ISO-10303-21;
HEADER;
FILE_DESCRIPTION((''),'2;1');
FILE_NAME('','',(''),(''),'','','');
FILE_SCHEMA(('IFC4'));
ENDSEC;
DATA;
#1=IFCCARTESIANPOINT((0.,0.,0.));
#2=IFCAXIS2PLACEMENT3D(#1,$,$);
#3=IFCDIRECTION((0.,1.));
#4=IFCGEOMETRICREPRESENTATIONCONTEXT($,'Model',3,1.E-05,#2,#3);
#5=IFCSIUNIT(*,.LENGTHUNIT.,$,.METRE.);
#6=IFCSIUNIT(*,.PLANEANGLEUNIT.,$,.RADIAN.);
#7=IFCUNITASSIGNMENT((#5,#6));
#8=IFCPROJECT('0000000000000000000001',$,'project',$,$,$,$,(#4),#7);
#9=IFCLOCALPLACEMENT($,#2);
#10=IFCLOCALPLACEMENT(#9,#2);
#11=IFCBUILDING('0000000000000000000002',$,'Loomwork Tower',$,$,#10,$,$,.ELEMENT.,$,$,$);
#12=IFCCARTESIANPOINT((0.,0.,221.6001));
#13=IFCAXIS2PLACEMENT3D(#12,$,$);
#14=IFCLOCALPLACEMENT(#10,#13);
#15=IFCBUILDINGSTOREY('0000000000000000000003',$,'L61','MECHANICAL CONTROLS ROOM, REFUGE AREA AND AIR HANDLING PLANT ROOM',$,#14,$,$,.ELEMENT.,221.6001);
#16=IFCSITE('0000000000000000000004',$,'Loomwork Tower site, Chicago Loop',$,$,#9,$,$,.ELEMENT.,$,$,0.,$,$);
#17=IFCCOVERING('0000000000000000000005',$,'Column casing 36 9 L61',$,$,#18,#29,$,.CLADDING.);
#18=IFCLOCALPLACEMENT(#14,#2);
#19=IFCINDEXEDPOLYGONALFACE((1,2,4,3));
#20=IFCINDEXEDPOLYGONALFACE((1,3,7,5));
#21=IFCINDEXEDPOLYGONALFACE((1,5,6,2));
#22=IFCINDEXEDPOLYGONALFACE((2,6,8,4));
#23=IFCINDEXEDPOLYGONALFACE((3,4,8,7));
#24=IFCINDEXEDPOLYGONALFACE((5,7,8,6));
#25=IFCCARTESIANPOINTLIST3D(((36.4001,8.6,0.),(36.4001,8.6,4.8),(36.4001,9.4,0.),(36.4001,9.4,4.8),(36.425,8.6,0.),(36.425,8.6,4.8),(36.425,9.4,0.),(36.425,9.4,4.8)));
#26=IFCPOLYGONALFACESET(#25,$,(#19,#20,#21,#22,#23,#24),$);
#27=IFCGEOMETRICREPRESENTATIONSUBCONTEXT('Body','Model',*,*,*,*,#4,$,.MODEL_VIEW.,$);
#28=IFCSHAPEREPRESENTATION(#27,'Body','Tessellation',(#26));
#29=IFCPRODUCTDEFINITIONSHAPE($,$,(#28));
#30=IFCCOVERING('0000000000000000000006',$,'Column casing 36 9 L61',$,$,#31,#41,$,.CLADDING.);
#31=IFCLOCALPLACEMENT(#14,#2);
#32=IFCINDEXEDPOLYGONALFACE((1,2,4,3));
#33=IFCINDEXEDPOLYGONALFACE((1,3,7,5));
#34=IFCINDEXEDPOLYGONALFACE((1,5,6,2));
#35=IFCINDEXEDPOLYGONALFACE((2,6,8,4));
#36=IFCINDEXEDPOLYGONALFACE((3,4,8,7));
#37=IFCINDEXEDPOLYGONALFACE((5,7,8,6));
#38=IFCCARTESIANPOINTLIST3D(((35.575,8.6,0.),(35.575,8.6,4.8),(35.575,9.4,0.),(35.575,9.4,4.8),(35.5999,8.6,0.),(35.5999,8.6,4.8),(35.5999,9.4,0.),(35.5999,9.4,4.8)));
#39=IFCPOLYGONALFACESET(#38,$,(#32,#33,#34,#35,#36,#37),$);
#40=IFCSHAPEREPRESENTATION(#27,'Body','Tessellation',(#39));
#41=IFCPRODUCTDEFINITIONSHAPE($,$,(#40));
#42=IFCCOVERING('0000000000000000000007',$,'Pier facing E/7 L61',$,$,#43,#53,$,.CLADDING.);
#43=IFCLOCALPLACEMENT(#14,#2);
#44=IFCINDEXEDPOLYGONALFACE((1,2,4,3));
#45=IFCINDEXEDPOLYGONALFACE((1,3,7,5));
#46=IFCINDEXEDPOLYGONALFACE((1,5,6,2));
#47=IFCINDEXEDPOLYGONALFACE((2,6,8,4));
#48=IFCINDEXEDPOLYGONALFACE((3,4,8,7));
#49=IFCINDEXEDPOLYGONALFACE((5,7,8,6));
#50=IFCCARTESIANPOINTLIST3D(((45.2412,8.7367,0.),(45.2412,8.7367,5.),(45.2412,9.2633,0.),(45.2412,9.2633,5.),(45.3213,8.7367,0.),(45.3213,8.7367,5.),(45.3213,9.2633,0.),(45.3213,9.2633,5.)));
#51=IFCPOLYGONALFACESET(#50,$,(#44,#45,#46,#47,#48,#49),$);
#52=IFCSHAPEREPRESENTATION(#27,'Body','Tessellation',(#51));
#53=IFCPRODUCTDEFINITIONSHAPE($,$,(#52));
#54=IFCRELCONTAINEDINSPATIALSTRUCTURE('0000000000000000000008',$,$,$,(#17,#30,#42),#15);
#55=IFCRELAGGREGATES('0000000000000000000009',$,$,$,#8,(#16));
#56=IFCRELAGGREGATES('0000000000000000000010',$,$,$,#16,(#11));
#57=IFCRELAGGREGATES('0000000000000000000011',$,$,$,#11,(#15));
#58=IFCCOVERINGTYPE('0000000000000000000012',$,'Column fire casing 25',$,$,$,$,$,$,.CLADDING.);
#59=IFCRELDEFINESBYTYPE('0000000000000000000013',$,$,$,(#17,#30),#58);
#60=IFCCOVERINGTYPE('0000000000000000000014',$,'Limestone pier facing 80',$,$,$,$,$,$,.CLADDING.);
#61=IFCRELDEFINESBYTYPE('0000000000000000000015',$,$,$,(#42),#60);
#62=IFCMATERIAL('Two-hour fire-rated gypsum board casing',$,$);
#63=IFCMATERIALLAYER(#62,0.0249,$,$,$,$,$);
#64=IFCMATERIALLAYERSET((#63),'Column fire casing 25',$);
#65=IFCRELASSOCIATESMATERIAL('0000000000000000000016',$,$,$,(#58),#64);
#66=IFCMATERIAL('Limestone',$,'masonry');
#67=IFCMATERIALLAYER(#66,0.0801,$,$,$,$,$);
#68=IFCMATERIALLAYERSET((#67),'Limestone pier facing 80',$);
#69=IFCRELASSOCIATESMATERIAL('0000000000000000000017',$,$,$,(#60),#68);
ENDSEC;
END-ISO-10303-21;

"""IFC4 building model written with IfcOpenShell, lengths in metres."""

from ifc_helpers import new_model, si_unit, direction, frame, origin, origin_2d, place, context, subcontext, project, spatial, rectangle, extrude, material, layer, layer_set, type_object, element, save


model = new_model("IFC4")

# Units and contexts
model_context = context("Model", 3, precision=1e-05, world=origin(), true_north=direction((0.0, 1.0)))
body_context = subcontext(model_context, "Body", "Model", "MODEL_VIEW")
ifc_project = project(units=[si_unit("LENGTHUNIT", "METRE"), si_unit("PLANEANGLEUNIT", "RADIAN")], contexts=[model_context])

# Site, building, storey
site_placement = place(None, origin())
site = spatial("IfcSite", under=ifc_project, at=site_placement, Name="Loomwork Tower site, Chicago Loop", CompositionType="ELEMENT", RefElevation=0.0)
building_placement = place(site_placement, origin())
building = spatial("IfcBuilding", under=site, at=building_placement, Name="Loomwork Tower", CompositionType="ELEMENT")
storey_placement = place(building_placement, frame((0.0, 0.0, 221.6001)))
storey = spatial("IfcBuildingStorey", under=building, at=storey_placement, Name="L61", Description="MECHANICAL CONTROLS ROOM, REFUGE AREA AND AIR HANDLING PLANT ROOM", CompositionType="ELEMENT", Elevation=221.6001)

# Coverings
ifc_material_1 = material(Name="Two-hour fire-rated gypsum board casing")
ifc_layer_1 = layer(ifc_material_1, 0.0249)
ifc_layer_set_1 = layer_set([ifc_layer_1], Name="Column fire casing 25")
covering_type_1 = type_object("IfcCoveringType", Name="Column fire casing 25", PredefinedType="CLADDING", material=ifc_layer_set_1)
for number, where, z_axis, x_axis, name in (
    (1, (36.4126, 9.0, 0.0), (0.0, 0.0, 1.0), (1.0, 0.0, 0.0), "Column casing 36 9 L61"),
    (2, (35.5874, 9.0, 0.0), (0.0, 0.0, 1.0), (1.0, 0.0, 0.0), "Column casing 36 9 L61"),
):
    element("IfcCovering", number, at=place(storey_placement, frame(where, z_axis=z_axis, x_axis=x_axis)), inside=storey, type_object=covering_type_1, Name=name, PredefinedType="CLADDING", context=body_context, shape_type="SweptSolid", body=[
        extrude(rectangle(XDim=0.0249, YDim=0.8, at=origin_2d()), origin(), (0.0, 0.0, 1.0), 4.8),
    ])
ifc_material_2 = material(Name="Limestone", Category="masonry")
ifc_layer_2 = layer(ifc_material_2, 0.0801)
ifc_layer_set_2 = layer_set([ifc_layer_2], Name="Limestone pier facing 80")
covering_type_2 = type_object("IfcCoveringType", Name="Limestone pier facing 80", PredefinedType="CLADDING", material=ifc_layer_set_2)
covering_placement = place(storey_placement, frame((45.2812, 9.0, 0.0), z_axis=(0.0, 0.0, 1.0), x_axis=(1.0, 0.0, 0.0)))
element("IfcCovering", 3, at=covering_placement, inside=storey, type_object=covering_type_2, Name="Pier facing E/7 L61", PredefinedType="CLADDING", context=body_context, shape_type="SweptSolid", body=[
    extrude(rectangle(XDim=0.0801, YDim=0.5266, at=origin_2d()), origin(), (0.0, 0.0, 1.0), 5.0),
])

save(model, "model.ifc")
